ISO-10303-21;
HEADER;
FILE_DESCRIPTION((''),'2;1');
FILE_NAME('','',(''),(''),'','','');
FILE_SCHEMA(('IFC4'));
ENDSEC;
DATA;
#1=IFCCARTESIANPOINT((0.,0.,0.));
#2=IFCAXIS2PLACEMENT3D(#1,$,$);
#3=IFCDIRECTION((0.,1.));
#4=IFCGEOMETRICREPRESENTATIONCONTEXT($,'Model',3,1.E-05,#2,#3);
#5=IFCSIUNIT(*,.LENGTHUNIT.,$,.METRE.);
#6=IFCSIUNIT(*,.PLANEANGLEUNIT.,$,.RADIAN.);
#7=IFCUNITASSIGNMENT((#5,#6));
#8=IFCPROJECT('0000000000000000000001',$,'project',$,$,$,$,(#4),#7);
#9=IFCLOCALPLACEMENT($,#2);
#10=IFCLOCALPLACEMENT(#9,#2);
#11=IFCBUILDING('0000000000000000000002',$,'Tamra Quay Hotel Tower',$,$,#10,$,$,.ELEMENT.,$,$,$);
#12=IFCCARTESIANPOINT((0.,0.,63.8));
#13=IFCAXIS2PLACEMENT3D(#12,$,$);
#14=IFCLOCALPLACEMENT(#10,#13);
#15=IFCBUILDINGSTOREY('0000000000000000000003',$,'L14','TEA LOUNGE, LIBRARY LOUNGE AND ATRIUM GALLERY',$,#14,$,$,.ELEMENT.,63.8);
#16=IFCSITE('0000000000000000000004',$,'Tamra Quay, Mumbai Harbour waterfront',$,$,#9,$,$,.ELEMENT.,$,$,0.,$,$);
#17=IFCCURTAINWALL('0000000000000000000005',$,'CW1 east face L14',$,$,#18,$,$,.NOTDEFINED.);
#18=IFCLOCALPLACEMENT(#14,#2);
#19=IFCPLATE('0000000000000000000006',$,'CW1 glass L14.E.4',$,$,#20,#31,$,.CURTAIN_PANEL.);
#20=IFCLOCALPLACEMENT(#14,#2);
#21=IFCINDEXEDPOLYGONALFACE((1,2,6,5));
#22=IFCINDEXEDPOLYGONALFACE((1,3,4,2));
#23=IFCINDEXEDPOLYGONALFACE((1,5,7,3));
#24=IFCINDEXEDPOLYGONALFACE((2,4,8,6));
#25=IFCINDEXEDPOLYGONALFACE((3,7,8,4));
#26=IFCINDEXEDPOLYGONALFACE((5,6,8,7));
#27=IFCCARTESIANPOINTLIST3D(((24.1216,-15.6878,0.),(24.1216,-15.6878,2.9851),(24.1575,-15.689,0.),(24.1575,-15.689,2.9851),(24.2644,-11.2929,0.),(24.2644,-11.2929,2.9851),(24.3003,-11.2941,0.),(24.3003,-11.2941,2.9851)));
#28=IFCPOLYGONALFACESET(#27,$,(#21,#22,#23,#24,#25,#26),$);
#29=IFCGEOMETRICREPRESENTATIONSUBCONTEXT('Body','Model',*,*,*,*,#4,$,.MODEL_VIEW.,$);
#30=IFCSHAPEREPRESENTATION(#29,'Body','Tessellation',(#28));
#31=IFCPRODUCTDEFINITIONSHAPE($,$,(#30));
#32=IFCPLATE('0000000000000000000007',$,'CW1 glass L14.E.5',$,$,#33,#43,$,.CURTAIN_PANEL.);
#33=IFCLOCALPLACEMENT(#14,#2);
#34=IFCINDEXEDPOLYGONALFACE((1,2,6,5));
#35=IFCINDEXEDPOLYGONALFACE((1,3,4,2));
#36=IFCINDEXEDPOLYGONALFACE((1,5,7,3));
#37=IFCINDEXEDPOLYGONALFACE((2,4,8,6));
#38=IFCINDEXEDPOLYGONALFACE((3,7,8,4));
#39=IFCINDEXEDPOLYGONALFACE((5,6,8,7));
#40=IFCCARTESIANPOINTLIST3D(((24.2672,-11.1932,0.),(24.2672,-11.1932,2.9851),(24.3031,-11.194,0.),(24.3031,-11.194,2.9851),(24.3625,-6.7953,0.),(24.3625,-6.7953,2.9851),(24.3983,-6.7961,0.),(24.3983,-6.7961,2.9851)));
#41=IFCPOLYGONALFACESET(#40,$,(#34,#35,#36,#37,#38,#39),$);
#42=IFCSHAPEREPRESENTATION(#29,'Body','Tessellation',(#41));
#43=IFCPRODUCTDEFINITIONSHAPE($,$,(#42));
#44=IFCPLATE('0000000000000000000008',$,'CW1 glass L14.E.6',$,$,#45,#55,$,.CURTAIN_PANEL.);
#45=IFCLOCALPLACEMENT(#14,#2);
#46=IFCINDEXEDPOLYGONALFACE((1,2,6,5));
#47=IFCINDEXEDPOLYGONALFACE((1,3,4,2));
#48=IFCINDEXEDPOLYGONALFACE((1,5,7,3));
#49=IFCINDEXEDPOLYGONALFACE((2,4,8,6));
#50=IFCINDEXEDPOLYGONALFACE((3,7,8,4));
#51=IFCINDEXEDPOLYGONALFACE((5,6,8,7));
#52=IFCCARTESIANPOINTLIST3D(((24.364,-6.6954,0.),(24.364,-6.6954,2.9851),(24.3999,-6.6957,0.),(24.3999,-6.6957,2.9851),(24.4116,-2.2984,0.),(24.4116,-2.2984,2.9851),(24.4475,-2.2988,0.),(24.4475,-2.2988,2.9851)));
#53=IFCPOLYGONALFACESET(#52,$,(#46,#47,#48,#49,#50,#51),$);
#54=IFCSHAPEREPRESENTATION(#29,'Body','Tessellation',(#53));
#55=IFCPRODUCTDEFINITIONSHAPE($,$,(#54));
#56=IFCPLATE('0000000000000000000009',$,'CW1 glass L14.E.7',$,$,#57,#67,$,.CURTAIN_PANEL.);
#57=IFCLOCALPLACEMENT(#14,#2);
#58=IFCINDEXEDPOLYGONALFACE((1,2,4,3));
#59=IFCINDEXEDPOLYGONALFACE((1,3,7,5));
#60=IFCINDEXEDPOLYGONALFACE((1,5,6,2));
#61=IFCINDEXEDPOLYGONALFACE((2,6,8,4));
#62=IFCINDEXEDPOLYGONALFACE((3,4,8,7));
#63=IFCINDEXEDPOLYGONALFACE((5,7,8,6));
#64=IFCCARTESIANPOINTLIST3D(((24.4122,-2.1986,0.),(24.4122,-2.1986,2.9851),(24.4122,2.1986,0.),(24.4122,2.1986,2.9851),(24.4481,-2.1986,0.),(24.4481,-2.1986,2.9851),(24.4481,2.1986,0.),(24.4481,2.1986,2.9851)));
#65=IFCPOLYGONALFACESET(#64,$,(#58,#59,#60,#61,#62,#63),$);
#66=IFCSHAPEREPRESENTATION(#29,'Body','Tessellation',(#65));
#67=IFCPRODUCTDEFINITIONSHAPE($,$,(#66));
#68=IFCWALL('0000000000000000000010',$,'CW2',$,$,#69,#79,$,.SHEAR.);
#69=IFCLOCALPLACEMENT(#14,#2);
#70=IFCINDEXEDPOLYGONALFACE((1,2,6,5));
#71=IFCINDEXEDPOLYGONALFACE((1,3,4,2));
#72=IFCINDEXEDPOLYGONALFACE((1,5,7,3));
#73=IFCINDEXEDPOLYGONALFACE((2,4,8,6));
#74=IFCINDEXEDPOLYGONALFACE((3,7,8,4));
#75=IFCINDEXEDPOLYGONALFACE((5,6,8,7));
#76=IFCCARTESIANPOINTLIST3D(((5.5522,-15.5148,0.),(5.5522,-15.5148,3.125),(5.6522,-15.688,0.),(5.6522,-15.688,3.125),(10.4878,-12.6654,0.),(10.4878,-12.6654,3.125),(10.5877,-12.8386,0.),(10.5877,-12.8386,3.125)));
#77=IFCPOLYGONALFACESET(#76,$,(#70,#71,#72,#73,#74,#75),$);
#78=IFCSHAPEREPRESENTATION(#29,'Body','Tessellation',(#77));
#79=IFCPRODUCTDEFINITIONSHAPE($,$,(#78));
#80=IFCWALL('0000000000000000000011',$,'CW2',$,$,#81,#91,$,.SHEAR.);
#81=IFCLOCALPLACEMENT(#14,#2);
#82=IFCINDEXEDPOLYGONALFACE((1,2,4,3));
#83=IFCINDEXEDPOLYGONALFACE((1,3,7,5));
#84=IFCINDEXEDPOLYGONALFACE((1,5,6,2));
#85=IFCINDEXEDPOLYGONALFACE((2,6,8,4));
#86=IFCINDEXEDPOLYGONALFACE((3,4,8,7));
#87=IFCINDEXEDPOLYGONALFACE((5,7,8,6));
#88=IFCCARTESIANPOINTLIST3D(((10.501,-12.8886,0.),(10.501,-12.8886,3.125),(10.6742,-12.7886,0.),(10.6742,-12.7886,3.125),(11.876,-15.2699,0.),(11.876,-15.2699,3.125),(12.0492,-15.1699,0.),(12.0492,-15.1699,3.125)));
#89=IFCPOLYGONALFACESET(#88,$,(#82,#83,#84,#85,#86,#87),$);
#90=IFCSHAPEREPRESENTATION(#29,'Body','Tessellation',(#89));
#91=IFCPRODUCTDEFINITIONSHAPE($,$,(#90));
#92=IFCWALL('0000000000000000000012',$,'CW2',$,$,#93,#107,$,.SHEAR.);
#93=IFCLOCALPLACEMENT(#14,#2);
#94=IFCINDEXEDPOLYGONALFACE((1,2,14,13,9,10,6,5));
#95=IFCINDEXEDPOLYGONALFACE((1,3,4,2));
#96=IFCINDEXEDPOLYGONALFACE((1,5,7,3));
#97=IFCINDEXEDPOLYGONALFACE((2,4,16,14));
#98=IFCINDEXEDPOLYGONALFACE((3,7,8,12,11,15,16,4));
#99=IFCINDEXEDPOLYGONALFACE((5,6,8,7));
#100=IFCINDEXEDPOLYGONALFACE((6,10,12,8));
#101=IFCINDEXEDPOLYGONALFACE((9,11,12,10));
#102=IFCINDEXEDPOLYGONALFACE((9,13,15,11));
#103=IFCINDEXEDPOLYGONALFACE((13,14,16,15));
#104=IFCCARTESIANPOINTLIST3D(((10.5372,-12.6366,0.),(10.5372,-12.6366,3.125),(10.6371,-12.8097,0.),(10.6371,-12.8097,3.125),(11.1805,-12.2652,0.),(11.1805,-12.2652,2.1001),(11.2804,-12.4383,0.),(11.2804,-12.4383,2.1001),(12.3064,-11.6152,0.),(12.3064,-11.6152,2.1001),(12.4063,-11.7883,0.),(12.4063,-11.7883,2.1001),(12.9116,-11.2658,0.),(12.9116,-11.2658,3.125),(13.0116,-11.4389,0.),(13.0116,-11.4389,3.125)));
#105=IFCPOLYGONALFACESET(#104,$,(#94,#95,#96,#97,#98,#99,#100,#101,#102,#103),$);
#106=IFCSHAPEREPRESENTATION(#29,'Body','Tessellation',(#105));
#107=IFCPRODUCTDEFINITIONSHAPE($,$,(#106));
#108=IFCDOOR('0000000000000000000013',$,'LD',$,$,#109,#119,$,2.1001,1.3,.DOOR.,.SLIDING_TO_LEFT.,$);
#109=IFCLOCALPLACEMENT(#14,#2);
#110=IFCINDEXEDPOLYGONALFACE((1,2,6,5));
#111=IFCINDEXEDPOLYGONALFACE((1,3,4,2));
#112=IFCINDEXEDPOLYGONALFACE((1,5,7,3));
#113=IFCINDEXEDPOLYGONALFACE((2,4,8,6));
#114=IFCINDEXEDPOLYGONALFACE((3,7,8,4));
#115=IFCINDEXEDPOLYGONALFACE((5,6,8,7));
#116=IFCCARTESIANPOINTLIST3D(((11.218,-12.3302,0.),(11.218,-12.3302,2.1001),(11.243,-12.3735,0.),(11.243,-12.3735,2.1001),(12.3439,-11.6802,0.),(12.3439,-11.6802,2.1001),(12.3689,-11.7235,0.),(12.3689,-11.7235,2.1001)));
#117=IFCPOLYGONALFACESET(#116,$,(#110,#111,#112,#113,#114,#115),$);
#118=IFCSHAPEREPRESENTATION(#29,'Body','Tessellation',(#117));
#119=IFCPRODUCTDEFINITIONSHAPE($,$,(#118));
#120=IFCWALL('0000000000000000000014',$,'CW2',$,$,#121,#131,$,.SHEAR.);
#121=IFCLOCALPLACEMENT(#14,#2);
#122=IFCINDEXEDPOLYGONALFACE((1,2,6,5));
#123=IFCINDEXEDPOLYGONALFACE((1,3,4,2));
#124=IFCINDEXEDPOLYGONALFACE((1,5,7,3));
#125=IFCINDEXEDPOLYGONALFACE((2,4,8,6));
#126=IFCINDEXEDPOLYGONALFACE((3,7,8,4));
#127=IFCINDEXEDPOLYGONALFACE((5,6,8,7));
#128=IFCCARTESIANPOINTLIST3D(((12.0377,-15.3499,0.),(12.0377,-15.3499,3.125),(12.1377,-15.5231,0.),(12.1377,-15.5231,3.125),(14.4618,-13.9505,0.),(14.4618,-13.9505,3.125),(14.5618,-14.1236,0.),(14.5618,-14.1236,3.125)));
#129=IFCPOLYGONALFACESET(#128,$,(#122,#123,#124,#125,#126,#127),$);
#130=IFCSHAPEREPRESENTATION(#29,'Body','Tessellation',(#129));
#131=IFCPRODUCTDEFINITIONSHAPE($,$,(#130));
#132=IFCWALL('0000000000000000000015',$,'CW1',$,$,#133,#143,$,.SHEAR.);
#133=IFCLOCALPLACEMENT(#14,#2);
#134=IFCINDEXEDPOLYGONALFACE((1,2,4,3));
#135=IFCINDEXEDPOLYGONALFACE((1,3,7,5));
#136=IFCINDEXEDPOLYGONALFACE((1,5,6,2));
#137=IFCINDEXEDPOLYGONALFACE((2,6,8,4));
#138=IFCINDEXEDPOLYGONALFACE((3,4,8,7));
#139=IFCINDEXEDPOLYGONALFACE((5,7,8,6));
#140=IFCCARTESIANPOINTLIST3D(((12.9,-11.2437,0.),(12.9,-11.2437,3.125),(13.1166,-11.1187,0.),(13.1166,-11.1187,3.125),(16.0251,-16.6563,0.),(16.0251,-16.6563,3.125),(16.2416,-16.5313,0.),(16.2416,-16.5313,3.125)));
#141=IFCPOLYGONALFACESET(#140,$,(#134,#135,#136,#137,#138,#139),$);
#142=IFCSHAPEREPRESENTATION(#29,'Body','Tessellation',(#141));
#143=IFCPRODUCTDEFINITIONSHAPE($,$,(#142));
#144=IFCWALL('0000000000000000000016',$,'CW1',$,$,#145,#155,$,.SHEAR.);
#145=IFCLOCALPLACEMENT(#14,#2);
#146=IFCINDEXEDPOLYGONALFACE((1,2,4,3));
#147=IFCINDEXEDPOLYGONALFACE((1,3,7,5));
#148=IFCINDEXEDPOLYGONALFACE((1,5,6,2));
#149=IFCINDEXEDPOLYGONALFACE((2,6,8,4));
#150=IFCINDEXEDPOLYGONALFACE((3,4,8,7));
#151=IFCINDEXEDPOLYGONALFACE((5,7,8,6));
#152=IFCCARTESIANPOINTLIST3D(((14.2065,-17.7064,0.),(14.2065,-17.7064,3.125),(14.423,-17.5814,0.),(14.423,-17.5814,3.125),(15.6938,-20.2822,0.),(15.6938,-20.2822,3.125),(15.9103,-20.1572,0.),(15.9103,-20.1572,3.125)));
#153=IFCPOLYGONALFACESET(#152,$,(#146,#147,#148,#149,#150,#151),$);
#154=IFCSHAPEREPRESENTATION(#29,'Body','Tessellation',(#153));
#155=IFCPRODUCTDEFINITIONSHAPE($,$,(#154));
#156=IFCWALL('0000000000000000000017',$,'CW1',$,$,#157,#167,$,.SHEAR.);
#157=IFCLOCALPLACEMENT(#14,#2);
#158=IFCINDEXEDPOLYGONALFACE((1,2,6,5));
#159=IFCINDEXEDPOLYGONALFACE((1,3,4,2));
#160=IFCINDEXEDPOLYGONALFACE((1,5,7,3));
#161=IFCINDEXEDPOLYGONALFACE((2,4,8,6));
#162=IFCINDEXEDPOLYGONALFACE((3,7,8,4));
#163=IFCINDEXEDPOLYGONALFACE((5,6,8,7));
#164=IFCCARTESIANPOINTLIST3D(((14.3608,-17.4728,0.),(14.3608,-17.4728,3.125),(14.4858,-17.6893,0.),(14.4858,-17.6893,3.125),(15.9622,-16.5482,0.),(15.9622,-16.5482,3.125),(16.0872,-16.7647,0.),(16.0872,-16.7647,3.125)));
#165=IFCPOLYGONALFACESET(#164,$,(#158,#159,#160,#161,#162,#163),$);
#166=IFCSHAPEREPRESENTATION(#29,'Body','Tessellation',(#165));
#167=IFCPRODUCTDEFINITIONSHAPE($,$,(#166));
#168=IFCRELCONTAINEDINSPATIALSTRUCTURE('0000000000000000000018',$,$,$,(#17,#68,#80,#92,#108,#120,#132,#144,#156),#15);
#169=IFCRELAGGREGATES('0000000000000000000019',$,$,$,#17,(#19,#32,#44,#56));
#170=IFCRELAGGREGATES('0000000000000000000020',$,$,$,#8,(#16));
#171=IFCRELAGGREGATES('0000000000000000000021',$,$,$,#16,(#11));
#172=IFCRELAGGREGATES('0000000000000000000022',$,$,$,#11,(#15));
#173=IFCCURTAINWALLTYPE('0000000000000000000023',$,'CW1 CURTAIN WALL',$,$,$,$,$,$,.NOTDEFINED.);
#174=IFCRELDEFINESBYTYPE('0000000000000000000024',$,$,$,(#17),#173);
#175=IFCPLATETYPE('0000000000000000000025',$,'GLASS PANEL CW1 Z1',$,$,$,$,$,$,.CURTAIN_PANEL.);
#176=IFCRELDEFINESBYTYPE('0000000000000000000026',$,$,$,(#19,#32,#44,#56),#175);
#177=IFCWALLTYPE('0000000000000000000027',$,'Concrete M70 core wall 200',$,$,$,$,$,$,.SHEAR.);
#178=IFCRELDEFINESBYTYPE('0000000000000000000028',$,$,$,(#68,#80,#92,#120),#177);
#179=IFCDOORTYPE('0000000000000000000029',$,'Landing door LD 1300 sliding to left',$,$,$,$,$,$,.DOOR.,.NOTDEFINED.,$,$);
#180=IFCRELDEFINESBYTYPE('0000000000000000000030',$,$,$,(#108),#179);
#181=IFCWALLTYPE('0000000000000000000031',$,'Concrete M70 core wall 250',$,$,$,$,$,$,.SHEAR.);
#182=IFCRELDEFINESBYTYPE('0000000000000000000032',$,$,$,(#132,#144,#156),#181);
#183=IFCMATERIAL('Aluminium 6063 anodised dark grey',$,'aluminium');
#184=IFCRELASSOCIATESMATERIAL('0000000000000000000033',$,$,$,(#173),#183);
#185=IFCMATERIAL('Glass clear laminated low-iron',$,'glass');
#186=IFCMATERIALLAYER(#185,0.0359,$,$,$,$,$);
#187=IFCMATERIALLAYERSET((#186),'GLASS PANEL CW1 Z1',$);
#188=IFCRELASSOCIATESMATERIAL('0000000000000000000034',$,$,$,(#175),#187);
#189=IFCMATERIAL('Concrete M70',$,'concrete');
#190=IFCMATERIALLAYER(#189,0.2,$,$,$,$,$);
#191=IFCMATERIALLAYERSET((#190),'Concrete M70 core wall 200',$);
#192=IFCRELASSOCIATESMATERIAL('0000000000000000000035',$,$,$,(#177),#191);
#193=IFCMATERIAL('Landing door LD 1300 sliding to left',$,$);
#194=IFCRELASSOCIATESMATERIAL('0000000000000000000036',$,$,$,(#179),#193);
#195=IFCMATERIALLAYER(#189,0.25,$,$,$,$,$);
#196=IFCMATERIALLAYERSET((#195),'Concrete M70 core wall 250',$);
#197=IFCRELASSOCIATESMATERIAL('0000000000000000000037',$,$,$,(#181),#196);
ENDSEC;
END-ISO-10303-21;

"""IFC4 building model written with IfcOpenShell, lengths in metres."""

from ifc_helpers import new_model, si_unit, direction, frame, frame_2d, origin, origin_2d, place, context, subcontext, project, spatial, rectangle, extrude, material, layer, layer_set, type_object, element, fill, aggregate, save


model = new_model("IFC4")

# Units and contexts
model_context = context("Model", 3, precision=1e-05, world=origin(), true_north=direction((0.0, 1.0)))
body_context = subcontext(model_context, "Body", "Model", "MODEL_VIEW")
ifc_project = project(units=[si_unit("LENGTHUNIT", "METRE"), si_unit("PLANEANGLEUNIT", "RADIAN")], contexts=[model_context])

# Site, building, storey
site_placement = place(None, origin())
site = spatial("IfcSite", under=ifc_project, at=site_placement, Name="Tamra Quay, Mumbai Harbour waterfront", CompositionType="ELEMENT", RefElevation=0.0)
building_placement = place(site_placement, origin())
building = spatial("IfcBuilding", under=site, at=building_placement, Name="Tamra Quay Hotel Tower", CompositionType="ELEMENT")
storey_placement = place(building_placement, frame((0.0, 0.0, 63.8)))
storey = spatial("IfcBuildingStorey", under=building, at=storey_placement, Name="L14", Description="TEA LOUNGE, LIBRARY LOUNGE AND ATRIUM GALLERY", CompositionType="ELEMENT", Elevation=63.8)

# Shared definitions
ifc_material_1 = material(Name="Concrete M70", Category="concrete")

# Curtain wall
ifc_material_2 = material(Name="Aluminium 6063 anodised dark grey", Category="aluminium")
curtain_wall_type = type_object("IfcCurtainWallType", Name="CW1 CURTAIN WALL", PredefinedType="NOTDEFINED", material=ifc_material_2)
curtain_wall_placement = place(storey_placement, origin())
curtain_wall = element("IfcCurtainWall", 1, at=curtain_wall_placement, inside=storey, type_object=curtain_wall_type, Name="CW1 east face L14", PredefinedType="NOTDEFINED")

# Plates
ifc_material_3 = material(Name="Glass clear laminated low-iron", Category="glass")
ifc_layer_1 = layer(ifc_material_3, 0.0359)
ifc_layer_set_1 = layer_set([ifc_layer_1], Name="GLASS PANEL CW1 Z1")
plate_type = type_object("IfcPlateType", Name="GLASS PANEL CW1 Z1", PredefinedType="CURTAIN_PANEL", material=ifc_layer_set_1)
plate_1_placement = place(storey_placement, frame((24.2109, -13.491, 0.0), z_axis=(0.0, 0.0, 1.0), x_axis=(0.032475, 0.999473, 0.0)))
plate_1 = element("IfcPlate", 2, at=plate_1_placement, type_object=plate_type, Name="CW1 glass L14.E.4", PredefinedType="CURTAIN_PANEL", context=body_context, shape_type="SweptSolid", body=[
    extrude(rectangle(XDim=4.3972, YDim=0.0359, at=origin_2d()), origin(), (0.0, 0.0, 1.0), 2.9851),
])
plate_2_placement = place(storey_placement, frame((24.3328, -8.9946, 0.0), z_axis=(0.0, 0.0, 1.0), x_axis=(0.021657, 0.999765, 0.0)))
plate_2 = element("IfcPlate", 3, at=plate_2_placement, type_object=plate_type, Name="CW1 glass L14.E.5", PredefinedType="CURTAIN_PANEL", context=body_context, shape_type="SweptSolid", body=[
    extrude(rectangle(XDim=4.3989, YDim=0.0359, at=origin_2d()), origin(), (0.0, 0.0, 1.0), 2.9851),
])
plate_3_placement = place(storey_placement, frame((24.4058, -4.4971, 0.0), z_axis=(0.0, 0.0, 1.0), x_axis=(0.010836, 0.999941, 0.0)))
plate_3 = element("IfcPlate", 4, at=plate_3_placement, type_object=plate_type, Name="CW1 glass L14.E.6", PredefinedType="CURTAIN_PANEL", context=body_context, shape_type="SweptSolid", body=[
    extrude(rectangle(XDim=4.3972, YDim=0.0359, at=origin_2d()), origin(), (0.0, 0.0, 1.0), 2.9851),
])
plate_4_placement = place(storey_placement, frame((24.4302, 0.0, 0.0), z_axis=(0.0, 0.0, 1.0), x_axis=(0.0, 1.0, 0.0)))
plate_4 = element("IfcPlate", 5, at=plate_4_placement, type_object=plate_type, Name="CW1 glass L14.E.7", PredefinedType="CURTAIN_PANEL", context=body_context, shape_type="SweptSolid", body=[
    extrude(rectangle(XDim=4.3972, YDim=0.0359, at=origin_2d()), origin(), (0.0, 0.0, 1.0), 2.9851),
])
aggregate(curtain_wall, [plate_1, plate_2, plate_3, plate_4])

# Walls
ifc_layer_2 = layer(ifc_material_1, 0.2)
ifc_layer_set_2 = layer_set([ifc_layer_2], Name="Concrete M70 core wall 200")
wall_type_1 = type_object("IfcWallType", Name="Concrete M70 core wall 200", PredefinedType="SHEAR", material=ifc_layer_set_2)
wall_1_placement = place(storey_placement, frame((10.5378, -12.752, 0.0), z_axis=(0.0, 0.0, 1.0), x_axis=(-0.866039, -0.499977, 0.0)))
element("IfcWall", 6, at=wall_1_placement, inside=storey, type_object=wall_type_1, Name="CW2", PredefinedType="SHEAR", context=body_context, shape_type="SweptSolid", body=[
    extrude(rectangle(XDim=5.699, YDim=0.2, at=frame_2d((2.8496, 0.0))), origin(), (0.0, 0.0, 1.0), 3.125),
])
wall_2_placement = place(storey_placement, frame((11.9626, -15.22, 0.0), z_axis=(0.0, 0.0, 1.0), x_axis=(-0.500035, 0.866005, 0.0)))
element("IfcWall", 7, at=wall_2_placement, inside=storey, type_object=wall_type_1, Name="CW2", PredefinedType="SHEAR", context=body_context, shape_type="SweptSolid", body=[
    extrude(rectangle(XDim=2.7498, YDim=0.2, at=frame_2d((1.375, 0.0))), origin(), (0.0, 0.0, 1.0), 3.125),
])

# Wall, opening, door
wall_3_placement = place(storey_placement, frame((10.5872, -12.7231, 0.0), z_axis=(0.0, 0.0, 1.0), x_axis=(0.866037, 0.499979, 0.0)))
wall_3 = element("IfcWall", 8, at=wall_3_placement, inside=storey, type_object=wall_type_1, Name="CW2", PredefinedType="SHEAR", context=body_context, shape_type="SweptSolid", body=[
    extrude(rectangle(XDim=2.7417, YDim=0.2, at=frame_2d((1.3708, 0.0))), origin(), (0.0, 0.0, 1.0), 3.125),
])
opening_placement = place(wall_3_placement, frame((0.7429, 0.0, 0.0)))
opening = element("IfcOpeningElement", 9, at=opening_placement, cuts=wall_3, PredefinedType="OPENING", context=body_context, shape_type="SweptSolid", body=[
    extrude(rectangle(XDim=1.3, YDim=2.1001, at=frame_2d((0.6499, 1.05))), frame((0.0, 0.1099, 0.0), z_axis=(0.0, -1.0, 0.0), x_axis=(1.0, 0.0, 0.0)), (0.0, 0.0, 1.0), 0.22),
])
ifc_material_4 = material(Name="Landing door LD 1300 sliding to left")
door_type = type_object("IfcDoorType", Name="Landing door LD 1300 sliding to left", OperationType="NOTDEFINED", PredefinedType="DOOR", material=ifc_material_4)
door_placement = place(opening_placement, origin())
door = element("IfcDoor", 10, at=door_placement, inside=storey, type_object=door_type, Name="LD", OperationType="SLIDING_TO_LEFT", OverallHeight=2.1001, OverallWidth=1.3, PredefinedType="DOOR", context=body_context, shape_type="SweptSolid", body=[
    extrude(rectangle(XDim=1.3, YDim=2.1001, at=frame_2d((0.6499, 1.05))), frame((0.0, 0.0249, 0.0), z_axis=(0.0, -1.0, 0.0), x_axis=(1.0, 0.0, 0.0)), (0.0, 0.0, 1.0), 0.05),
])
fill(opening, door)

# Walls
wall_4_placement = place(storey_placement, frame((14.5117, -14.0371, 0.0), z_axis=(0.0, 0.0, 1.0), x_axis=(-0.866045, -0.499967, 0.0)))
element("IfcWall", 11, at=wall_4_placement, inside=storey, type_object=wall_type_1, Name="CW2", PredefinedType="SHEAR", context=body_context, shape_type="SweptSolid", body=[
    extrude(rectangle(XDim=2.7991, YDim=0.2, at=frame_2d((1.3994, 0.0))), origin(), (0.0, 0.0, 1.0), 3.125),
])
ifc_layer_3 = layer(ifc_material_1, 0.25)
ifc_layer_set_3 = layer_set([ifc_layer_3], Name="Concrete M70 core wall 250")
wall_type_2 = type_object("IfcWallType", Name="Concrete M70 core wall 250", PredefinedType="SHEAR", material=ifc_layer_set_3)
wall_5_placement = place(storey_placement, frame((13.0083, -11.1812, 0.0), z_axis=(0.0, 0.0, 1.0), x_axis=(0.500004, -0.866023, 0.0)))
element("IfcWall", 12, at=wall_5_placement, inside=storey, type_object=wall_type_2, Name="CW1", PredefinedType="SHEAR", context=body_context, shape_type="SweptSolid", body=[
    extrude(rectangle(XDim=6.25, YDim=0.25, at=frame_2d((3.125, 0.0))), origin(), (0.0, 0.0, 1.0), 3.125),
])
wall_6_placement = place(storey_placement, frame((14.3147, -17.6438, 0.0), z_axis=(0.0, 0.0, 1.0), x_axis=(0.500023, -0.866012, 0.0)))
element("IfcWall", 13, at=wall_6_placement, inside=storey, type_object=wall_type_2, Name="CW1", PredefinedType="SHEAR", context=body_context, shape_type="SweptSolid", body=[
    extrude(rectangle(XDim=2.9744, YDim=0.25, at=frame_2d((1.4873, 0.0))), origin(), (0.0, 0.0, 1.0), 3.125),
])
wall_7_placement = place(storey_placement, frame((16.0247, -16.6565, 0.0), z_axis=(0.0, 0.0, 1.0), x_axis=(-0.866016, -0.500016, 0.0)))
element("IfcWall", 14, at=wall_7_placement, inside=storey, type_object=wall_type_2, Name="CW1", PredefinedType="SHEAR", context=body_context, shape_type="SweptSolid", body=[
    extrude(rectangle(XDim=1.8491, YDim=0.25, at=frame_2d((0.9246, 0.0))), origin(), (0.0, 0.0, 1.0), 3.125),
])

save(model, "model.ifc")
